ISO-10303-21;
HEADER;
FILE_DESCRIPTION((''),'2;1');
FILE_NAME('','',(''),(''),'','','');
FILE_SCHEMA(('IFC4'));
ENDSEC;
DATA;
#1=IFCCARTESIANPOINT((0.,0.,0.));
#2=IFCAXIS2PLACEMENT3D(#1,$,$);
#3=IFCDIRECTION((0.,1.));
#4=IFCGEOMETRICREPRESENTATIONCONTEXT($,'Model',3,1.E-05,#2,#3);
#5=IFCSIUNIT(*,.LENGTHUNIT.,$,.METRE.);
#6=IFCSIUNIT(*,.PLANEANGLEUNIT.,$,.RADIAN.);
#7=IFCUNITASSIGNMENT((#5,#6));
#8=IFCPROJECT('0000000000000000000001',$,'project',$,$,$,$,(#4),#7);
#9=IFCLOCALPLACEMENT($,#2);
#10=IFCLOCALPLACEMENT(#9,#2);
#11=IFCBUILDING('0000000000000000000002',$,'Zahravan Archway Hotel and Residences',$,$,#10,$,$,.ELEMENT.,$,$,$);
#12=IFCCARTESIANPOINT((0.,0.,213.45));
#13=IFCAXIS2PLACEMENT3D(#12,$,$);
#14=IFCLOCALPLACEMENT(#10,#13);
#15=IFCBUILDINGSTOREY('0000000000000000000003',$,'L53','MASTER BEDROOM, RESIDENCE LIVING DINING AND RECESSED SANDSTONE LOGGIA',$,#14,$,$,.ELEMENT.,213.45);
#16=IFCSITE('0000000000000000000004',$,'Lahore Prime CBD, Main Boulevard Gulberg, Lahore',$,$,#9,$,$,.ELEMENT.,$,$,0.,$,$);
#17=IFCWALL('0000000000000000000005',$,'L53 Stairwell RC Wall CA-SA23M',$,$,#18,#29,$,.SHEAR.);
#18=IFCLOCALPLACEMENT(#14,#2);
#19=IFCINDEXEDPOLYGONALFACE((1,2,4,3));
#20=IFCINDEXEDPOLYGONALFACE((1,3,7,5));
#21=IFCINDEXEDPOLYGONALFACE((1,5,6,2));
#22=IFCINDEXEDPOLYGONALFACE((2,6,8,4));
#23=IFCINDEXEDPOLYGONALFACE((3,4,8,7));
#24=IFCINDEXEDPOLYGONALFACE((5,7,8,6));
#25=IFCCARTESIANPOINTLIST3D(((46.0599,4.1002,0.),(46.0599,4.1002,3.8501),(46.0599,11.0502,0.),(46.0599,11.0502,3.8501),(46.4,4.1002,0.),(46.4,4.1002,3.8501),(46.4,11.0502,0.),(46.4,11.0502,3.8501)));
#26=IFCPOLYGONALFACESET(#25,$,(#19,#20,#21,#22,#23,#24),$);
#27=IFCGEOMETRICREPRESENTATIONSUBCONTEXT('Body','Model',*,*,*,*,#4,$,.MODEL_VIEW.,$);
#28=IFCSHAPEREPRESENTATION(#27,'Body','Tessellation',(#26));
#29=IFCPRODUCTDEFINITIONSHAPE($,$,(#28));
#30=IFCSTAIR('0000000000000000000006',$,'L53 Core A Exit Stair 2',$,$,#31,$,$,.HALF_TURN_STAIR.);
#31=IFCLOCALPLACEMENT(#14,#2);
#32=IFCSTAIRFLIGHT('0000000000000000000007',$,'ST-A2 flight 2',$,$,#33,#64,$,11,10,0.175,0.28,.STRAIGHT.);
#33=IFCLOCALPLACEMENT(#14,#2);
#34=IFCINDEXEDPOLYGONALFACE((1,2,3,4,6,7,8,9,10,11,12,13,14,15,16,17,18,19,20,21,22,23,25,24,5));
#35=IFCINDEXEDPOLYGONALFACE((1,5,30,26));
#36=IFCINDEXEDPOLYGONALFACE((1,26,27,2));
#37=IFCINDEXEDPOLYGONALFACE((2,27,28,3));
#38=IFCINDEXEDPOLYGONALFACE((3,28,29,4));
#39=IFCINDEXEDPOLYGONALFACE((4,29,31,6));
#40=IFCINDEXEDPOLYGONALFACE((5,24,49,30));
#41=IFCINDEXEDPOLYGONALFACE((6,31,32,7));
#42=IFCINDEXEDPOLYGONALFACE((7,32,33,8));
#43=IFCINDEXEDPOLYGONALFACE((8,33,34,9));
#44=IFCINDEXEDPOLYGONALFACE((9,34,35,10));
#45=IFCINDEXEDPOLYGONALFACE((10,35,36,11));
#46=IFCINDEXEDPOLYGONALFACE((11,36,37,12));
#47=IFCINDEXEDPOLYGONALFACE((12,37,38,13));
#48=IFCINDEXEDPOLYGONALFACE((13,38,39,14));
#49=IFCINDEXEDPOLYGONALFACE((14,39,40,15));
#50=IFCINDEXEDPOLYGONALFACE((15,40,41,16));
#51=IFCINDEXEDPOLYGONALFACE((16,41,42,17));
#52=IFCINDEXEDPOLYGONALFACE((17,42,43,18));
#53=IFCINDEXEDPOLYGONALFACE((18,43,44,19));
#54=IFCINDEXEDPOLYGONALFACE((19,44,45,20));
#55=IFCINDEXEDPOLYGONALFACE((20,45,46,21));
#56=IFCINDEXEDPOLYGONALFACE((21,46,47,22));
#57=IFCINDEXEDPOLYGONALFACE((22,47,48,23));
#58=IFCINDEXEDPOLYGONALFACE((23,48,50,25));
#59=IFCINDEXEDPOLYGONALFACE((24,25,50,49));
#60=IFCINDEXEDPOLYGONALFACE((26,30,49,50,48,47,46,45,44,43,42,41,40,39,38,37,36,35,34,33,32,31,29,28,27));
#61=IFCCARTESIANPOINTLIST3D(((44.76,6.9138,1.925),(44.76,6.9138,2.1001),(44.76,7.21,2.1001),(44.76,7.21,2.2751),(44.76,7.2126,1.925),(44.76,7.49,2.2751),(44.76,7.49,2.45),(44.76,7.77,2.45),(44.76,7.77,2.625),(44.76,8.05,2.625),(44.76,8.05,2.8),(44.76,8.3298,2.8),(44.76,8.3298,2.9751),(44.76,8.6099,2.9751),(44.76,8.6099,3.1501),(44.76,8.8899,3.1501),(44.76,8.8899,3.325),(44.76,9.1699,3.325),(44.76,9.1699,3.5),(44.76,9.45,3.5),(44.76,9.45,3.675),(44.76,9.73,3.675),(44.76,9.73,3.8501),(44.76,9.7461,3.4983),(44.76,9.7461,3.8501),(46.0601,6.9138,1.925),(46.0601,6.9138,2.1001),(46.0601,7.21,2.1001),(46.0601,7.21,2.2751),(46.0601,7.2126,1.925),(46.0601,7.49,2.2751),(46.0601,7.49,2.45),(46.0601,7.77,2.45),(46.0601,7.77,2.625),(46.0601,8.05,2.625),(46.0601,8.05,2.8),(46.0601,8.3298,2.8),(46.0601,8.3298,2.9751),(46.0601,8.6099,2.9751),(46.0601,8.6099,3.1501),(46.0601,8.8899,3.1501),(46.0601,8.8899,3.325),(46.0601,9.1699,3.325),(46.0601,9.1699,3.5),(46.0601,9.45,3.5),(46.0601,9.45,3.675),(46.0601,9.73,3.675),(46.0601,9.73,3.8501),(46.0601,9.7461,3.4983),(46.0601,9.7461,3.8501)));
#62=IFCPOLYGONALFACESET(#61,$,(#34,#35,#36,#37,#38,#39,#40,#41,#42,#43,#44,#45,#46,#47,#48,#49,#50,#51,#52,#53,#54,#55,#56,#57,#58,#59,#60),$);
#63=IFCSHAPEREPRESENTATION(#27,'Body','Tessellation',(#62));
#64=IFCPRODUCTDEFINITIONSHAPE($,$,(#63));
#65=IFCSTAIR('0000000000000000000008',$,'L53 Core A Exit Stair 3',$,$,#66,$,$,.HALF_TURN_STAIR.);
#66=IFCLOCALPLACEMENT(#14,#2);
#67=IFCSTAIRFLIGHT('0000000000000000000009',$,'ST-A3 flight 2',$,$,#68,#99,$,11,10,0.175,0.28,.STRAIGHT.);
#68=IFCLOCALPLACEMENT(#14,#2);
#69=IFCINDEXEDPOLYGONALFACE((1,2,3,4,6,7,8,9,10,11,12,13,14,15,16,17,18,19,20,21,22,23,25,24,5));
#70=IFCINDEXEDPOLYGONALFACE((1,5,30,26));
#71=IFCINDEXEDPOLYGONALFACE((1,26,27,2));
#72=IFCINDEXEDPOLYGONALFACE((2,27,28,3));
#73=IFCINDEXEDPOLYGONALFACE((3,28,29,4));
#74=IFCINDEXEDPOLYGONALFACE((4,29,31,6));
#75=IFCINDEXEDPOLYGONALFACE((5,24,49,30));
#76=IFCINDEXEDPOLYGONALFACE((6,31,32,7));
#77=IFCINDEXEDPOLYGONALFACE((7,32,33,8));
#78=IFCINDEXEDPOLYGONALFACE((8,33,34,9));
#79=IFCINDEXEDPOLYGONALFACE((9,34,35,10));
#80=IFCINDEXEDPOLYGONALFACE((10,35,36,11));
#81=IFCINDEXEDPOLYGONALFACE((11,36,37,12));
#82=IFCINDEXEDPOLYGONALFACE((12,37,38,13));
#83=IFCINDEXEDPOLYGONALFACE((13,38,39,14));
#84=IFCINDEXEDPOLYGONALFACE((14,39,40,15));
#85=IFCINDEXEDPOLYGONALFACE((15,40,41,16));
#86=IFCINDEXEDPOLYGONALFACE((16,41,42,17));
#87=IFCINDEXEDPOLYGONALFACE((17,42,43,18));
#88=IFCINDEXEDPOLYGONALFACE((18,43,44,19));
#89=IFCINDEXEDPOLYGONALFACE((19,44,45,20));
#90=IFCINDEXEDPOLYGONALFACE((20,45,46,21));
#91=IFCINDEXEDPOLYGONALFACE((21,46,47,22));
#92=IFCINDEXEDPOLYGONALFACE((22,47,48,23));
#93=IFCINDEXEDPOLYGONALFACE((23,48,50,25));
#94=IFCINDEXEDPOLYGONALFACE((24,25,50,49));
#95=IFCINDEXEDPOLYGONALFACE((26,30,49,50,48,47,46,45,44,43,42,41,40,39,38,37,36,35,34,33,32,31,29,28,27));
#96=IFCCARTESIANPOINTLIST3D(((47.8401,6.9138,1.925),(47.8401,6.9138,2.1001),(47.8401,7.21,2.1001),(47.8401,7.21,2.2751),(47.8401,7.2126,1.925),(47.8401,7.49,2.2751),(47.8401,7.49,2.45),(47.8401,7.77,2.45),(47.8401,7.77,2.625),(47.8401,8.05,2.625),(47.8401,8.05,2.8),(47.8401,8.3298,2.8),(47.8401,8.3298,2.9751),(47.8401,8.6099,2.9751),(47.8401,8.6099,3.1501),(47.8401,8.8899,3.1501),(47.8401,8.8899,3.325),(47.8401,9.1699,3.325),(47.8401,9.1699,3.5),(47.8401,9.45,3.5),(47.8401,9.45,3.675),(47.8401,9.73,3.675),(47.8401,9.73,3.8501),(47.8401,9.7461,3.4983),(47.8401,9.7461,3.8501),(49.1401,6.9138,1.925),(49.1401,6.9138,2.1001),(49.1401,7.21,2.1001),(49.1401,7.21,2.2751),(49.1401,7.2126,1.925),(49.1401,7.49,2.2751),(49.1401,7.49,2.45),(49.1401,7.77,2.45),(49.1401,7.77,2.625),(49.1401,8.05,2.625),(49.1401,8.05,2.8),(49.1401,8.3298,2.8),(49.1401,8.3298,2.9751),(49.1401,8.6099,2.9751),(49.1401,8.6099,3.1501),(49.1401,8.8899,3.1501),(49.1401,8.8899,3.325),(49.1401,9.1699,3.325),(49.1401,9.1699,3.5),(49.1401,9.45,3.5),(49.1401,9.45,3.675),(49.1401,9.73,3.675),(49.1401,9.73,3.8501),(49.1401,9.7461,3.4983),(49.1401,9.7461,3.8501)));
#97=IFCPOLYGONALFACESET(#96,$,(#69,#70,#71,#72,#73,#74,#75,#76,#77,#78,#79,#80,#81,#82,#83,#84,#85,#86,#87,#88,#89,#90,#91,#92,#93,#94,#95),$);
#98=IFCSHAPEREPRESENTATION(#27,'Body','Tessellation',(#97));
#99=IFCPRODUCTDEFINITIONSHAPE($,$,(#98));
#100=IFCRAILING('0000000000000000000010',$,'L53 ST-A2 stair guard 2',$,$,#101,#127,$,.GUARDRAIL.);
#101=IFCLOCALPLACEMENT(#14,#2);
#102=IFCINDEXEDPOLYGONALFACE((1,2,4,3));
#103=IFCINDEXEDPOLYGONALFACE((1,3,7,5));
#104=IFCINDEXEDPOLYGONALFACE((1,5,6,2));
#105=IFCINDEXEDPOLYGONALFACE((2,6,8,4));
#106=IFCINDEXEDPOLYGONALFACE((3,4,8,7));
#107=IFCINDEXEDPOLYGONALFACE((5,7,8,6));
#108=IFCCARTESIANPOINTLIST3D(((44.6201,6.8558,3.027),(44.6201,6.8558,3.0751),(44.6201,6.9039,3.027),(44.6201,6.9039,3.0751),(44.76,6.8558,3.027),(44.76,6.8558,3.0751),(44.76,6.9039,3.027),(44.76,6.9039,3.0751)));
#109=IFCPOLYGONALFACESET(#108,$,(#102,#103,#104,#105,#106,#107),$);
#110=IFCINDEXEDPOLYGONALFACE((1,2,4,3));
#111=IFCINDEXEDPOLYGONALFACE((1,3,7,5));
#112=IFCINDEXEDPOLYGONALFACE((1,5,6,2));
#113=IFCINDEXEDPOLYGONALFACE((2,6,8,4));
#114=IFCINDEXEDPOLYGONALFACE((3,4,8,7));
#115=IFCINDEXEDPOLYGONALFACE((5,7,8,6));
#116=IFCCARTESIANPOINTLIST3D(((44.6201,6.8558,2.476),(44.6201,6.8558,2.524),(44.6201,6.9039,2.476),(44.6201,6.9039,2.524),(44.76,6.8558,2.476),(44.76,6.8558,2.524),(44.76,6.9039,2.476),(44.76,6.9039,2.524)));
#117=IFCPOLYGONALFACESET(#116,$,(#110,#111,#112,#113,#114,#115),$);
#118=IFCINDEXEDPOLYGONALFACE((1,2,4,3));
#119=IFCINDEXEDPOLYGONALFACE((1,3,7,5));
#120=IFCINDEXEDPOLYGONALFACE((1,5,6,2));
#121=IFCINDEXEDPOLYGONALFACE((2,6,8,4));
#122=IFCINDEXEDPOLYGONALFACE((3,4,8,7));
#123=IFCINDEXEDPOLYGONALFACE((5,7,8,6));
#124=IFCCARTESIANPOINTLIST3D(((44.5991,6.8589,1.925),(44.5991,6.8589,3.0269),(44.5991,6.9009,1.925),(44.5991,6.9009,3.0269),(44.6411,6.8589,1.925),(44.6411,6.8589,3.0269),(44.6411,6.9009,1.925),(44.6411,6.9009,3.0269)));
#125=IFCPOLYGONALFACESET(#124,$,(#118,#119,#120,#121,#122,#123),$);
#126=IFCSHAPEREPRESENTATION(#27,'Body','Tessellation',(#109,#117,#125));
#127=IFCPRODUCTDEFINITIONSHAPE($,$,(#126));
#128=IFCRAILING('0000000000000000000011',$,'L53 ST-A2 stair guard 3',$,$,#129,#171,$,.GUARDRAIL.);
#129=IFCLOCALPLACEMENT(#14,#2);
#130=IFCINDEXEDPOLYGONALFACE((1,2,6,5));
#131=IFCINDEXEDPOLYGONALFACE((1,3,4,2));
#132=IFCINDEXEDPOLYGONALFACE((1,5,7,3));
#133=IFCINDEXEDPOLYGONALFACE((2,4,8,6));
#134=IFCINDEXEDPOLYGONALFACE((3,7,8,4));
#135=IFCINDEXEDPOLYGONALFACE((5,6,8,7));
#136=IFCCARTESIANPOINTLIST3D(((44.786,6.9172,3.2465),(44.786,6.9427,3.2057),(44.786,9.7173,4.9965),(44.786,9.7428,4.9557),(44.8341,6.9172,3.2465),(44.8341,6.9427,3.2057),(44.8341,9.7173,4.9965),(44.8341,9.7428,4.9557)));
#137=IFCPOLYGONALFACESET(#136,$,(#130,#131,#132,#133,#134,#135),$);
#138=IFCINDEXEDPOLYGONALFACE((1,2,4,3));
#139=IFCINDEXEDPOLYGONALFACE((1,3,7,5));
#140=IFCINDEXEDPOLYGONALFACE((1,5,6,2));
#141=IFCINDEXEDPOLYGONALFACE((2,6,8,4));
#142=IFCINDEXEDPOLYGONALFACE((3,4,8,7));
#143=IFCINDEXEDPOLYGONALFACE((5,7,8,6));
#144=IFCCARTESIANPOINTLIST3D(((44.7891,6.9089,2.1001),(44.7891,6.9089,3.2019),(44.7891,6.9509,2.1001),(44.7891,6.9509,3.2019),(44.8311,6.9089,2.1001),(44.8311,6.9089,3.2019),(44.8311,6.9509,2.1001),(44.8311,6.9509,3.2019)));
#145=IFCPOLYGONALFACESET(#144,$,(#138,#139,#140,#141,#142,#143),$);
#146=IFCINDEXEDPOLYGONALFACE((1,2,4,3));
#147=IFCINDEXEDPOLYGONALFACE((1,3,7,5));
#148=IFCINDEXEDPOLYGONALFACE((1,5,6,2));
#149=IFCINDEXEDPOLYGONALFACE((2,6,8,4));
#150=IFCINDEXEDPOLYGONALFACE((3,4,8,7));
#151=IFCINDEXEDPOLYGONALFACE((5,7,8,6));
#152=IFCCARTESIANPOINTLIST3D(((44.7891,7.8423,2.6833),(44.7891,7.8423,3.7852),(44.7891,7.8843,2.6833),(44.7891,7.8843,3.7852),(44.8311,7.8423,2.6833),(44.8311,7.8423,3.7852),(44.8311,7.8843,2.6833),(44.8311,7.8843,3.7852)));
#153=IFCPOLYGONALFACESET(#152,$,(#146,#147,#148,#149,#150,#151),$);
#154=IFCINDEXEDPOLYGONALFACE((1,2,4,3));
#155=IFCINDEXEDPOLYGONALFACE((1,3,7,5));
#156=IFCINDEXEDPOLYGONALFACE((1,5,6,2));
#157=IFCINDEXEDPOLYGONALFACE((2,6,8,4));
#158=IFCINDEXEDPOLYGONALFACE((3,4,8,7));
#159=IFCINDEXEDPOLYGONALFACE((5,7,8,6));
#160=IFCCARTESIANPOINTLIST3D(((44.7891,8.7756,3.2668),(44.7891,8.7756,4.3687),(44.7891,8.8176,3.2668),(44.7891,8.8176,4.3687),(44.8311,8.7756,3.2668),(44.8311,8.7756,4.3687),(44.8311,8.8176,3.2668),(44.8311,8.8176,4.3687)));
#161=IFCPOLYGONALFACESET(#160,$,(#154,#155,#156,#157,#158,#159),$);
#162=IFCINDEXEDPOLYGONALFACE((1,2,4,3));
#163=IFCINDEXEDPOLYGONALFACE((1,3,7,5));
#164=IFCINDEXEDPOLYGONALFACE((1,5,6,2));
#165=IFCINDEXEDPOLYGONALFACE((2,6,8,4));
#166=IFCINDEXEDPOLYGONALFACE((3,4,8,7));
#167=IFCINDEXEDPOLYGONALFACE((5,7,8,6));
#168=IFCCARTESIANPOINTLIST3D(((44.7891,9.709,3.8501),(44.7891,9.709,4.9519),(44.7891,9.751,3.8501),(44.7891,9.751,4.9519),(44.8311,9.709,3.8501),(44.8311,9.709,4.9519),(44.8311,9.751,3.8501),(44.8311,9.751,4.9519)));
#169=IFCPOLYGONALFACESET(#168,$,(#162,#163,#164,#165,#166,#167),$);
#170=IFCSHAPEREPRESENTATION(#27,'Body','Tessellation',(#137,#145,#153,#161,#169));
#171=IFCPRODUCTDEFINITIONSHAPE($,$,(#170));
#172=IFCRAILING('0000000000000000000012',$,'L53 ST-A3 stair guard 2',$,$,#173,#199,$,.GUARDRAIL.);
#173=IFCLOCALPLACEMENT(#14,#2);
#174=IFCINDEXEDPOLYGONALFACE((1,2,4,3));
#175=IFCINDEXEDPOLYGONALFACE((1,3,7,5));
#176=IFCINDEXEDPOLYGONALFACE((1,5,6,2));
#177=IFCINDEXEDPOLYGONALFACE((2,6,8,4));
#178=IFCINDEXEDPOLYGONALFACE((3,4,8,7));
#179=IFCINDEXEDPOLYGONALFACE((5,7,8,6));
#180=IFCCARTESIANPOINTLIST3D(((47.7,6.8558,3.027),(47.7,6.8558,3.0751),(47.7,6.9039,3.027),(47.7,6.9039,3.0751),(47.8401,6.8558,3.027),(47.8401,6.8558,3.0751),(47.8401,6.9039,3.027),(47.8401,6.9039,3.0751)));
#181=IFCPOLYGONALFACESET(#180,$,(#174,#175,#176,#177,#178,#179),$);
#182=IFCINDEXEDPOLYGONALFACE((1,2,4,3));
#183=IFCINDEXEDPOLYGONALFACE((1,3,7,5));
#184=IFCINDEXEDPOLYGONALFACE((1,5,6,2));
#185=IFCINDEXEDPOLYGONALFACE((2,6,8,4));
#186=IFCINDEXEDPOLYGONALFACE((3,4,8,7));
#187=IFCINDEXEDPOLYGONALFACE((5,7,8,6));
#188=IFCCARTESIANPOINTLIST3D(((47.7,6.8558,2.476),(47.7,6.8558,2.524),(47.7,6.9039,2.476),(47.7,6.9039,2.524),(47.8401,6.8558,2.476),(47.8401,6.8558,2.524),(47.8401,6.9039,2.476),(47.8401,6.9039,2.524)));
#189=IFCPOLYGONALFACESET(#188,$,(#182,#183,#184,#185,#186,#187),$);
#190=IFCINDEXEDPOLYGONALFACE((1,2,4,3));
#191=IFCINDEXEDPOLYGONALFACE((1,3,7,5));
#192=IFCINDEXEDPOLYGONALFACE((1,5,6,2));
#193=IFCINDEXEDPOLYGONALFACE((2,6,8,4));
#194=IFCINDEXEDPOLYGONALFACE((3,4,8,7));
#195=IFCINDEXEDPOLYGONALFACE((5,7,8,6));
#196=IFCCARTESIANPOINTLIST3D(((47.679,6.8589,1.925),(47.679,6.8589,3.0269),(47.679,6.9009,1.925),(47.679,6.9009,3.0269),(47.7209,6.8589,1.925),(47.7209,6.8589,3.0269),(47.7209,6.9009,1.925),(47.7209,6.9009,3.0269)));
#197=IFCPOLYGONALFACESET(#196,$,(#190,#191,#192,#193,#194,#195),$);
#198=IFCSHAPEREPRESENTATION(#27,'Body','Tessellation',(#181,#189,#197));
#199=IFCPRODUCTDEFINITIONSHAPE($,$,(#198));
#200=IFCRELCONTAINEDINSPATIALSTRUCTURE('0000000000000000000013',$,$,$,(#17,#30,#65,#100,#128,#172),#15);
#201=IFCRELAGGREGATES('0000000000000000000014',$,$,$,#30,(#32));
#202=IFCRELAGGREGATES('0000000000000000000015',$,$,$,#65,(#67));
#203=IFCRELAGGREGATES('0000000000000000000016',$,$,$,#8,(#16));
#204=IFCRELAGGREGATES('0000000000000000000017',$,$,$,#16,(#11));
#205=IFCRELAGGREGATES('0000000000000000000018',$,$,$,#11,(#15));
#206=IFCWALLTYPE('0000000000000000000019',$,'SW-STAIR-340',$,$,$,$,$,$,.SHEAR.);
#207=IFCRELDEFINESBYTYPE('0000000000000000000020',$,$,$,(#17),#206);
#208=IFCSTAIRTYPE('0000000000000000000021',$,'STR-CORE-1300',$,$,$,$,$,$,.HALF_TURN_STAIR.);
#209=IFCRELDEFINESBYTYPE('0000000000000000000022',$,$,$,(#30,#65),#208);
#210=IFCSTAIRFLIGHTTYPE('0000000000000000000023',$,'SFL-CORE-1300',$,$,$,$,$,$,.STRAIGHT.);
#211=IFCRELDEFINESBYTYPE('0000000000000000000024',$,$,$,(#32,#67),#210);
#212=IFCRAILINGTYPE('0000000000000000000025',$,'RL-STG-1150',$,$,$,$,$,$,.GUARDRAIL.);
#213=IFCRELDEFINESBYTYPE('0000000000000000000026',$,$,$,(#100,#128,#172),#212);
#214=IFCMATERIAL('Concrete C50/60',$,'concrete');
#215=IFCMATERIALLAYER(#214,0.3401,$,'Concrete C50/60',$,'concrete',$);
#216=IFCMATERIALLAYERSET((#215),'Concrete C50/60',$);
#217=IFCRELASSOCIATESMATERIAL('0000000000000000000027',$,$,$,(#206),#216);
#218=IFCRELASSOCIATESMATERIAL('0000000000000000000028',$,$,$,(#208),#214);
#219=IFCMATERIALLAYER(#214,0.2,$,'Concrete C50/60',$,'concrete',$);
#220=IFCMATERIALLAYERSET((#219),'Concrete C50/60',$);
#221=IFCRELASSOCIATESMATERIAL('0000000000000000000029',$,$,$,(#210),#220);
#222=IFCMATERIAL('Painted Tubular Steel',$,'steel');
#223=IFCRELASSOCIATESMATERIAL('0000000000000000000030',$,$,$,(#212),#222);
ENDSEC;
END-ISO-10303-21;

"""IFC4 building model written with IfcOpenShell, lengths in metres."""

from ifc_helpers import new_model, si_unit, direction, frame, frame_2d, origin, origin_2d, place, context, subcontext, project, spatial, polyline, rectangle, outline, extrude, source, transform, mapped, material, layer, layer_set, type_object, element, aggregate, save


model = new_model("IFC4")

# Units and contexts
model_context = context("Model", 3, precision=1e-05, world=origin(), true_north=direction((0.0, 1.0)))
body_context = subcontext(model_context, "Body", "Model", "MODEL_VIEW")
ifc_project = project(units=[si_unit("LENGTHUNIT", "METRE"), si_unit("PLANEANGLEUNIT", "RADIAN")], contexts=[model_context])

# Site, building, storey
site_placement = place(None, origin())
site = spatial("IfcSite", under=ifc_project, at=site_placement, Name="Lahore Prime CBD, Main Boulevard Gulberg, Lahore", CompositionType="ELEMENT", RefElevation=0.0)
building_placement = place(site_placement, origin())
building = spatial("IfcBuilding", under=site, at=building_placement, Name="Zahravan Archway Hotel and Residences", CompositionType="ELEMENT")
storey_placement = place(building_placement, frame((0.0, 0.0, 213.45)))
storey = spatial("IfcBuildingStorey", under=building, at=storey_placement, Name="L53", Description="MASTER BEDROOM, RESIDENCE LIVING DINING AND RECESSED SANDSTONE LOGGIA", CompositionType="ELEMENT", Elevation=213.45)

# Wall
ifc_material_1 = material(Name="Concrete C50/60", Category="concrete")
ifc_layer_1 = layer(ifc_material_1, 0.3401, Name="Concrete C50/60", Category="concrete")
ifc_layer_set_1 = layer_set([ifc_layer_1], Name="Concrete C50/60")
wall_type_1 = type_object("IfcWallType", Name="SW-STAIR-340", PredefinedType="SHEAR", material=ifc_layer_set_1)
wall_1_placement = place(storey_placement, frame((46.23, 4.1001, 0.0), z_axis=(0.0, 0.0, 1.0), x_axis=(0.0, 1.0, 0.0)))
element("IfcWall", 1, at=wall_1_placement, inside=storey, type_object=wall_type_1, Name="L53 Stairwell RC Wall CA-SA23M", PredefinedType="SHEAR", context=body_context, shape_type="SweptSolid", body=[
    extrude(rectangle(XDim=6.95, YDim=0.3401, at=frame_2d((3.4751, 0.0))), origin(), (0.0, 0.0, 1.0), 3.8501),
])

# Stairs, stair flights
stair_type = type_object("IfcStairType", Name="STR-CORE-1300", PredefinedType="HALF_TURN_STAIR", material=ifc_material_1)
stair_1_placement = place(storey_placement, origin())
stair_1 = element("IfcStair", 2, at=stair_1_placement, inside=storey, type_object=stair_type, Name="L53 Core A Exit Stair 2", PredefinedType="HALF_TURN_STAIR")
ifc_layer_2 = layer(ifc_material_1, 0.2, Name="Concrete C50/60", Category="concrete")
ifc_layer_set_2 = layer_set([ifc_layer_2], Name="Concrete C50/60")
stair_flight_type = type_object("IfcStairFlightType", Name="SFL-CORE-1300", PredefinedType="STRAIGHT", material=ifc_layer_set_2)
shared_shape_1 = source(origin(), body_context, "Body", "SweptSolid", [
    extrude(outline(polyline([(-0.0161, 0.0), (-0.0161, 0.175), (0.28, 0.175), (0.28, 0.3501), (0.5601, 0.3501), (0.5601, 0.5249), (0.8401, 0.5249), (0.8401, 0.7), (1.1201, 0.7), (1.1201, 0.875), (1.3999, 0.875), (1.3999, 1.05), (1.6799, 1.05), (1.6799, 1.2251), (1.96, 1.2251), (1.96, 1.3999), (2.24, 1.3999), (2.24, 1.575), (2.52, 1.575), (2.52, 1.75), (2.8, 1.75), (2.8, 1.925), (2.8162, 1.925), (2.8162, 1.5732), (0.2827, 0.0), (-0.0161, 0.0)])), frame((0.0, 0.6499, 0.0), z_axis=(0.0, -1.0, 0.0), x_axis=(1.0, 0.0, 0.0)), (0.0, 0.0, 1.0), 1.3),
])
stair_flight_1_placement = place(storey_placement, frame((45.4099, 6.9299, 1.925), z_axis=(0.0, 0.0, 1.0), x_axis=(0.0, 1.0, 0.0)))
stair_flight_1 = element("IfcStairFlight", 3, at=stair_flight_1_placement, type_object=stair_flight_type, Name="ST-A2 flight 2", NumberOfRisers=11, NumberOfTreads=10, PredefinedType="STRAIGHT", RiserHeight=0.175, TreadLength=0.28, context=body_context, shape_type="MappedRepresentation", body=[
    mapped(shared_shape_1, transform((0.0, 0.0, 0.0), scale=1.0)),
])
aggregate(stair_1, [stair_flight_1])
stair_2_placement = place(storey_placement, origin())
stair_2 = element("IfcStair", 4, at=stair_2_placement, inside=storey, type_object=stair_type, Name="L53 Core A Exit Stair 3", PredefinedType="HALF_TURN_STAIR")
stair_flight_2_placement = place(storey_placement, frame((48.49, 6.9299, 1.925), z_axis=(0.0, 0.0, 1.0), x_axis=(0.0, 1.0, 0.0)))
stair_flight_2 = element("IfcStairFlight", 5, at=stair_flight_2_placement, type_object=stair_flight_type, Name="ST-A3 flight 2", NumberOfRisers=11, NumberOfTreads=10, PredefinedType="STRAIGHT", RiserHeight=0.175, TreadLength=0.28, context=body_context, shape_type="MappedRepresentation", body=[
    mapped(shared_shape_1, transform((0.0, 0.0, 0.0), scale=1.0)),
])
aggregate(stair_2, [stair_flight_2])

# Railings
ifc_material_2 = material(Name="Painted Tubular Steel", Category="steel")
railing_type_1 = type_object("IfcRailingType", Name="RL-STG-1150", PredefinedType="GUARDRAIL", material=ifc_material_2)
railing_1_placement = place(storey_placement, frame((44.6201, 6.8799, 1.925)))
element("IfcRailing", 6, at=railing_1_placement, inside=storey, type_object=railing_type_1, Name="L53 ST-A2 stair guard 2", PredefinedType="GUARDRAIL", context=body_context, shape_type="SweptSolid", body=[
    extrude(rectangle(XDim=0.0481, YDim=0.0481, at=origin_2d()), frame((0.0, 0.0, 1.126), z_axis=(1.0, 0.0, 0.0), x_axis=(0.0, 1.0, 0.0)), (0.0, 0.0, 1.0), 0.1399),
    extrude(rectangle(XDim=0.0481, YDim=0.0481, at=origin_2d()), frame((0.0, 0.0, 0.575), z_axis=(1.0, 0.0, 0.0), x_axis=(0.0, 1.0, 0.0)), (0.0, 0.0, 1.0), 0.1399),
    extrude(rectangle(XDim=0.042, YDim=0.042, at=origin_2d()), origin(), (0.0, 0.0, 1.0), 1.1018),
])
railing_2_placement = place(storey_placement, frame((44.8101, 6.9299, 2.1001)))
element("IfcRailing", 7, at=railing_2_placement, inside=storey, type_object=railing_type_1, Name="L53 ST-A2 stair guard 3", PredefinedType="GUARDRAIL", context=body_context, shape_type="SweptSolid", body=[
    extrude(rectangle(XDim=0.0481, YDim=0.0481, at=origin_2d()), frame((0.0, 0.0, 1.126), z_axis=(0.0, 0.848002, 0.529992), x_axis=(-1.0, 0.0, 0.0)), (0.0, 0.0, 1.0), 3.302),
    extrude(rectangle(XDim=0.042, YDim=0.042, at=origin_2d()), origin(), (0.0, 0.0, 1.0), 1.1018),
    extrude(rectangle(XDim=0.042, YDim=0.042, at=origin_2d()), frame((0.0, 0.9333, 0.5833)), (0.0, 0.0, 1.0), 1.1018),
    extrude(rectangle(XDim=0.042, YDim=0.042, at=origin_2d()), frame((0.0, 1.8667, 1.1667)), (0.0, 0.0, 1.0), 1.1018),
    extrude(rectangle(XDim=0.042, YDim=0.042, at=origin_2d()), frame((0.0, 2.8, 1.75)), (0.0, 0.0, 1.0), 1.1018),
])
railing_3_placement = place(storey_placement, frame((47.7, 6.8799, 1.925)))
element("IfcRailing", 8, at=railing_3_placement, inside=storey, type_object=railing_type_1, Name="L53 ST-A3 stair guard 2", PredefinedType="GUARDRAIL", context=body_context, shape_type="SweptSolid", body=[
    extrude(rectangle(XDim=0.0481, YDim=0.0481, at=origin_2d()), frame((0.0, 0.0, 1.126), z_axis=(1.0, 0.0, 0.0), x_axis=(0.0, 1.0, 0.0)), (0.0, 0.0, 1.0), 0.1401),
    extrude(rectangle(XDim=0.0481, YDim=0.0481, at=origin_2d()), frame((0.0, 0.0, 0.575), z_axis=(1.0, 0.0, 0.0), x_axis=(0.0, 1.0, 0.0)), (0.0, 0.0, 1.0), 0.1401),
    extrude(rectangle(XDim=0.042, YDim=0.042, at=origin_2d()), origin(), (0.0, 0.0, 1.0), 1.1018),
])

save(model, "model.ifc")
